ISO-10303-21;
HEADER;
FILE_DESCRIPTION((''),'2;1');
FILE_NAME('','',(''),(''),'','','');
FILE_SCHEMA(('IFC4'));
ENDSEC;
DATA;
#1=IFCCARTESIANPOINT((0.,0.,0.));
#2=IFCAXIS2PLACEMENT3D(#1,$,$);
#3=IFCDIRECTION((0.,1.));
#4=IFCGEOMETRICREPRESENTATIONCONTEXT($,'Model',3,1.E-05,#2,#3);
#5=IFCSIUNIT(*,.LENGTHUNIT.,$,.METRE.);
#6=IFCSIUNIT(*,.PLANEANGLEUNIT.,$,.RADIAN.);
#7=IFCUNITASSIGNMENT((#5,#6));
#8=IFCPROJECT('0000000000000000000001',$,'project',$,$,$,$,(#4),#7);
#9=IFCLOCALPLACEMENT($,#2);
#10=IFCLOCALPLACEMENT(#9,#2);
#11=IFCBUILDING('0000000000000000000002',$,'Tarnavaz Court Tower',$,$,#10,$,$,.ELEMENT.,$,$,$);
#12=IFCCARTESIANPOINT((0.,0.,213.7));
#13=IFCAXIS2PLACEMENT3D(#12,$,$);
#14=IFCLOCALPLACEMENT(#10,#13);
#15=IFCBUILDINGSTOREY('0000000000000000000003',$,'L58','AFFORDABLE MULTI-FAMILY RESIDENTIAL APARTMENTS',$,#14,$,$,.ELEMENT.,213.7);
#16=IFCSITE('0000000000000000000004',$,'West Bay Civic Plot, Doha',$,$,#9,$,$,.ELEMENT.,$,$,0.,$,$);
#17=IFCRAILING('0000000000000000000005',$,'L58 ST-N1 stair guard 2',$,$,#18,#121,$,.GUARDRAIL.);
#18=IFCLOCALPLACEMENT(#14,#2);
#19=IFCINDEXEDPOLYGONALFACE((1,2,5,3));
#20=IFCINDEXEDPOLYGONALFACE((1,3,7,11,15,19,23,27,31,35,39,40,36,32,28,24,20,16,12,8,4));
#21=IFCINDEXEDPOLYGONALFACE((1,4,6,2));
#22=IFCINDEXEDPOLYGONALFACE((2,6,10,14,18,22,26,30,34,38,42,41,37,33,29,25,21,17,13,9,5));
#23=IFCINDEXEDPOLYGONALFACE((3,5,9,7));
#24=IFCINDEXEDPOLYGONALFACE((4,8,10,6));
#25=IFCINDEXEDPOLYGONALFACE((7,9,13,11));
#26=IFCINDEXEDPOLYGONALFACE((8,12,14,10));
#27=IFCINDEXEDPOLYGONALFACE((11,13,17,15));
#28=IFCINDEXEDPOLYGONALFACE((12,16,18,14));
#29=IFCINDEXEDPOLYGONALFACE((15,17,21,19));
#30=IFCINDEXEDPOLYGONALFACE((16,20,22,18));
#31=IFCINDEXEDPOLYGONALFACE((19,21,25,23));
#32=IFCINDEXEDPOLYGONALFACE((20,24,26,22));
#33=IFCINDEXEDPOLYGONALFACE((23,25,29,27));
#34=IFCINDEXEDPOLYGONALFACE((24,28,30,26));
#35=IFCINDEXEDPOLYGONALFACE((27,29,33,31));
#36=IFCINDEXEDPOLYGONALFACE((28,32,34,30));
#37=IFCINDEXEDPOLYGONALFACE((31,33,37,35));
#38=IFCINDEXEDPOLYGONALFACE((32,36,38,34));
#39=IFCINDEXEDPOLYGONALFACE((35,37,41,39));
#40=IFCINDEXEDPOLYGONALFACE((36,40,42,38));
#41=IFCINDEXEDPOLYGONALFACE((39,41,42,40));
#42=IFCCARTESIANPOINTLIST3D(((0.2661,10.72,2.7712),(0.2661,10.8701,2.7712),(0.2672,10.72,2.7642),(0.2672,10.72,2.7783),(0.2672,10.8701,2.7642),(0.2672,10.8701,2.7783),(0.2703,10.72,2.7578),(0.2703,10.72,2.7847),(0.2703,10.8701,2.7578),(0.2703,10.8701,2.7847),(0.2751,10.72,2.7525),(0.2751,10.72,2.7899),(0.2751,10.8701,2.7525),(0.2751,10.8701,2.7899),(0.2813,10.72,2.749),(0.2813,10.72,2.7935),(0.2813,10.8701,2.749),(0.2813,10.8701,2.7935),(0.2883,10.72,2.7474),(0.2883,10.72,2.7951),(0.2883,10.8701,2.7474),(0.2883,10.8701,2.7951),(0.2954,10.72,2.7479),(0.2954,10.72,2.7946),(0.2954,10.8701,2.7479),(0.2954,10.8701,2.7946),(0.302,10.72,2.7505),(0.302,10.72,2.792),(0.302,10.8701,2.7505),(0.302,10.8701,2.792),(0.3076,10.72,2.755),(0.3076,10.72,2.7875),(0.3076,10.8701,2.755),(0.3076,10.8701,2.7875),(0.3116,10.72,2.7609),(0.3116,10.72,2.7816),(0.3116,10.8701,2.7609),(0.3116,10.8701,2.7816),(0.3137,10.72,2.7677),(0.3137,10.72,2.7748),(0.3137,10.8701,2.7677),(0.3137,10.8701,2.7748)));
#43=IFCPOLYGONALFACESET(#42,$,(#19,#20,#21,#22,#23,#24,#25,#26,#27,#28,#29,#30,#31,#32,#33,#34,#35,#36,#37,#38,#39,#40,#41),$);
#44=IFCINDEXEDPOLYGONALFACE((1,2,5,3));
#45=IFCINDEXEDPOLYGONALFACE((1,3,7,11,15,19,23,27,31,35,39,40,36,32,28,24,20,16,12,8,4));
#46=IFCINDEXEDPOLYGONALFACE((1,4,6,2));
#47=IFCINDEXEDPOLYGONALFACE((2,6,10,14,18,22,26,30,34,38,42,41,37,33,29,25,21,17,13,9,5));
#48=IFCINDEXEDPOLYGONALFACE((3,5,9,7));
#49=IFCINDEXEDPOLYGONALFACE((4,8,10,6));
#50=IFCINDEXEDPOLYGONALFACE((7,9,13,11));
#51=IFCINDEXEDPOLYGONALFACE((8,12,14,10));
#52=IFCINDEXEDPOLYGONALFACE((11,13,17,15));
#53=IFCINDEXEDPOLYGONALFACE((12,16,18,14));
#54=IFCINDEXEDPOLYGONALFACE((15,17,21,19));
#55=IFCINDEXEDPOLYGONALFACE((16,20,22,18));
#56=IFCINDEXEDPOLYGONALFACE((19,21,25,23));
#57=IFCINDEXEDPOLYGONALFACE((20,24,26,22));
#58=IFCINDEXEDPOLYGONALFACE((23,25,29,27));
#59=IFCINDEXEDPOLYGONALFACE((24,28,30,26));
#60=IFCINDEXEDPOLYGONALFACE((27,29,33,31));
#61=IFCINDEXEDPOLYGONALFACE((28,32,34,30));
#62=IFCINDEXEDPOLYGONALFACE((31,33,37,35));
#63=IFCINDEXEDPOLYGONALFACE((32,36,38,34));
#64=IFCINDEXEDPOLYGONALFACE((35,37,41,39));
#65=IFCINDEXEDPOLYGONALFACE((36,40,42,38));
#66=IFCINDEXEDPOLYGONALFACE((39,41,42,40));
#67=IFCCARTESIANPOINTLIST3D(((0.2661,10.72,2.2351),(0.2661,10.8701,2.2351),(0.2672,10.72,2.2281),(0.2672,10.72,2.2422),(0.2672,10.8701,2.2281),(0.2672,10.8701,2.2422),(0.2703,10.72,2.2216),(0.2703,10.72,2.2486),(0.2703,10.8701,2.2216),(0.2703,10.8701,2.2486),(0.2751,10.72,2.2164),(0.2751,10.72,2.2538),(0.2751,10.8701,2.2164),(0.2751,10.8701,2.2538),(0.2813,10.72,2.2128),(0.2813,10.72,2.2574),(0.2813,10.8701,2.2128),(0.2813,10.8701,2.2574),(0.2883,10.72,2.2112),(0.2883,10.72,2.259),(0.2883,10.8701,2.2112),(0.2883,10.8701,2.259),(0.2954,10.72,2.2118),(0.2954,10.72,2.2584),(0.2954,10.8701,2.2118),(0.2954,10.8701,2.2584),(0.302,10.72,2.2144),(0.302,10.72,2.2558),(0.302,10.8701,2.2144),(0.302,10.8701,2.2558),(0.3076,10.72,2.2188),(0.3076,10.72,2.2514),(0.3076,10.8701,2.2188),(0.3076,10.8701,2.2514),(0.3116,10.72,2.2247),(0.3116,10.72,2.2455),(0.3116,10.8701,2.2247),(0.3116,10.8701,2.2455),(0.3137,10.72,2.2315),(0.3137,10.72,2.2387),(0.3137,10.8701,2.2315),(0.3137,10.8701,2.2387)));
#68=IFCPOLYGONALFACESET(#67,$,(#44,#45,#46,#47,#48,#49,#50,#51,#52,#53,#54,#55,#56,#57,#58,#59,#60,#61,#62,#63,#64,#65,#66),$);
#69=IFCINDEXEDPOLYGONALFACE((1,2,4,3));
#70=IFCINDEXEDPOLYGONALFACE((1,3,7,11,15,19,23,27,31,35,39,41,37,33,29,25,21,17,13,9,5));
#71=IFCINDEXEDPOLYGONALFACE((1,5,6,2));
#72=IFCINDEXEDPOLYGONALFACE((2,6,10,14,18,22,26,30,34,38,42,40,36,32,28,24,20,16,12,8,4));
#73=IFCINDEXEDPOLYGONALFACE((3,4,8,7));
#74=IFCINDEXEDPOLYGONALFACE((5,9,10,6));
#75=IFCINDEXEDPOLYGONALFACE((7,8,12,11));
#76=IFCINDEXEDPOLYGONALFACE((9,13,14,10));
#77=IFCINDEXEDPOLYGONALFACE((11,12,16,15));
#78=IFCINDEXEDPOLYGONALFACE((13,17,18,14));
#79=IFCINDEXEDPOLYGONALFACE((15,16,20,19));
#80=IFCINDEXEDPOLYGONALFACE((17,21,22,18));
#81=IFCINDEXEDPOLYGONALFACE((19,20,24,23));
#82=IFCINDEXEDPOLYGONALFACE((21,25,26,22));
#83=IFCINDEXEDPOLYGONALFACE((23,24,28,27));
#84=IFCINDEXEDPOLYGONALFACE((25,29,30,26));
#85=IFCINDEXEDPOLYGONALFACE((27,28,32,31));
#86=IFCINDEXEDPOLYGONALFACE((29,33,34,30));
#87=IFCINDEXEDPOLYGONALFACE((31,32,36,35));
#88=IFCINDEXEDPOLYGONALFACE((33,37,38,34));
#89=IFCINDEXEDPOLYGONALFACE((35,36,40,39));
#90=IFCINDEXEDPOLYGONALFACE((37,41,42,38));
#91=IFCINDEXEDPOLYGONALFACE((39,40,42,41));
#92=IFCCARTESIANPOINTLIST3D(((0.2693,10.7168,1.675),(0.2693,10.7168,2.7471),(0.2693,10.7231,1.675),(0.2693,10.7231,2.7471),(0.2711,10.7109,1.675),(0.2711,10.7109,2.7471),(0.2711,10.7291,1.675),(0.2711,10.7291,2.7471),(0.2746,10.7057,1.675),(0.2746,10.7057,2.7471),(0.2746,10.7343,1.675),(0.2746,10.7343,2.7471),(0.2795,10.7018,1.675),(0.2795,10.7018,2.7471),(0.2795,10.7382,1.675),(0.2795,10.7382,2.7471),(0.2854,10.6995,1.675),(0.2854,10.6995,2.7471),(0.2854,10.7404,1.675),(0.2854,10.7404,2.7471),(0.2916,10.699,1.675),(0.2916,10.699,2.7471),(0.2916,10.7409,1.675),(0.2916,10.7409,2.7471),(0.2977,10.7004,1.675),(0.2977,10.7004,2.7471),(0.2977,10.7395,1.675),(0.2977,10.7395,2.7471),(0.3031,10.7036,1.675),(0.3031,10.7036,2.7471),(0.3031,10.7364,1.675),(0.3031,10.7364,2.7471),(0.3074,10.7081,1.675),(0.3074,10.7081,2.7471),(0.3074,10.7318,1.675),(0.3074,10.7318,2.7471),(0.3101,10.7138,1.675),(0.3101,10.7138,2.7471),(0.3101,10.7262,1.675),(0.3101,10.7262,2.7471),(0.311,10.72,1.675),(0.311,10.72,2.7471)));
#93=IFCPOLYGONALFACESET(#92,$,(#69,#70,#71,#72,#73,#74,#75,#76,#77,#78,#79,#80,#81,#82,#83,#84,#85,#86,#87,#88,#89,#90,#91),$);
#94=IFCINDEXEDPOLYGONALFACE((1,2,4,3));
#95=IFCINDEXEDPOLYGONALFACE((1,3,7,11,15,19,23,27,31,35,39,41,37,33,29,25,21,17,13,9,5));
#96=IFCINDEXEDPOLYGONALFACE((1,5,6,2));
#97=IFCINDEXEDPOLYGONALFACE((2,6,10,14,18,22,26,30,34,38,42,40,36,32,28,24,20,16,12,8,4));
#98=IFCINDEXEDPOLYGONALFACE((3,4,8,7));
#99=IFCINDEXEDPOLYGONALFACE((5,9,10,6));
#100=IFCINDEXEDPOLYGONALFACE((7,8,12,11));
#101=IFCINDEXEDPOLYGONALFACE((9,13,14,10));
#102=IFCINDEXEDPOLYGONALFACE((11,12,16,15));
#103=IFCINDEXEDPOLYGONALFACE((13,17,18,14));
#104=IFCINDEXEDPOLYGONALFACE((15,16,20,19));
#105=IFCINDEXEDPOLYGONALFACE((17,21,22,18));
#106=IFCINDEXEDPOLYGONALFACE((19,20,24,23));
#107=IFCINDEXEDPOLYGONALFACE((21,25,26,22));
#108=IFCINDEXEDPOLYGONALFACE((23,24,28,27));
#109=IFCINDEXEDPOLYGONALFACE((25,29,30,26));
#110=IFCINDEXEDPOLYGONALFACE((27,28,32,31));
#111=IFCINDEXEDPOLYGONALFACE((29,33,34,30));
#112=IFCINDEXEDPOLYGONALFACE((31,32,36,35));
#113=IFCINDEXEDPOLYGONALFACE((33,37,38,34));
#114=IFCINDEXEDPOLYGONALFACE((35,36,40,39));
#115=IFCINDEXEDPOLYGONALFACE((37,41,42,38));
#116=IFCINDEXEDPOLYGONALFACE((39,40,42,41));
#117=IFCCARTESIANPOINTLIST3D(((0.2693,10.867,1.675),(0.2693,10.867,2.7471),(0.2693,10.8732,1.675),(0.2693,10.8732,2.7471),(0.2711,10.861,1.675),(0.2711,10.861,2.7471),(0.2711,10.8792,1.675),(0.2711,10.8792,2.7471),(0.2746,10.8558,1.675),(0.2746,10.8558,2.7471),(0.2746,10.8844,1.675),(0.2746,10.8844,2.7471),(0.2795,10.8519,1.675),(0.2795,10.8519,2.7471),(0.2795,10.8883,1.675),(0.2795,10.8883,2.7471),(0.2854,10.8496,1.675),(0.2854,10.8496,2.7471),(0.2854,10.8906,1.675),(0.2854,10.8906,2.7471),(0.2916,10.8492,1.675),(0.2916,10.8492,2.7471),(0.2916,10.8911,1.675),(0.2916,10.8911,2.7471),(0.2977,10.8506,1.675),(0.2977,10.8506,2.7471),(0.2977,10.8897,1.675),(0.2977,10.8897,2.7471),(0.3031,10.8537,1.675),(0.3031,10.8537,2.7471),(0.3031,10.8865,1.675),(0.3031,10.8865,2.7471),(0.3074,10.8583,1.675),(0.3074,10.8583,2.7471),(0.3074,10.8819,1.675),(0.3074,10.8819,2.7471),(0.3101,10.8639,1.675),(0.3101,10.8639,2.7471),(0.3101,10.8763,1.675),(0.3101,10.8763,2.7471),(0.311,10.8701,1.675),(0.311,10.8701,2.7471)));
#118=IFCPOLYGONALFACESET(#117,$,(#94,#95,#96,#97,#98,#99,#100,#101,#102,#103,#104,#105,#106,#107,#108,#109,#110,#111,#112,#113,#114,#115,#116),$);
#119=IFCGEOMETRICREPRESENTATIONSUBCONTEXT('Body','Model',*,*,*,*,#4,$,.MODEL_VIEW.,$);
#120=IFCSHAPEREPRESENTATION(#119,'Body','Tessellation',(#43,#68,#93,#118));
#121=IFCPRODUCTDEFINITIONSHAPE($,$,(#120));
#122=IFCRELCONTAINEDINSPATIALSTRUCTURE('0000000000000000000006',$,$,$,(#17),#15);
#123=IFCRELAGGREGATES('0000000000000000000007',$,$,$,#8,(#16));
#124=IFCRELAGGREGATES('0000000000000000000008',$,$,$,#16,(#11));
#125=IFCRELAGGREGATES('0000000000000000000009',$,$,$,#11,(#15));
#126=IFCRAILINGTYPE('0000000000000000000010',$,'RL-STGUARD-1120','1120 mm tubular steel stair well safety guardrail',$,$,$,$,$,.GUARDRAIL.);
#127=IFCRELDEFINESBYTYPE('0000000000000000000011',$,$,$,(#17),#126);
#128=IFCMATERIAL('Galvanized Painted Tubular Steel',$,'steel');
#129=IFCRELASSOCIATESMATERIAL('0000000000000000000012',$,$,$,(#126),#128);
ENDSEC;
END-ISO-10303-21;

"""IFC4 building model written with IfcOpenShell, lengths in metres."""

from ifc_helpers import new_model, si_unit, direction, frame, origin, origin_2d, place, context, subcontext, project, spatial, circle, extrude, material, type_object, element, save


model = new_model("IFC4")

# Units and contexts
model_context = context("Model", 3, precision=1e-05, world=origin(), true_north=direction((0.0, 1.0)))
body_context = subcontext(model_context, "Body", "Model", "MODEL_VIEW")
ifc_project = project(units=[si_unit("LENGTHUNIT", "METRE"), si_unit("PLANEANGLEUNIT", "RADIAN")], contexts=[model_context])

# Site, building, storey
site_placement = place(None, origin())
site = spatial("IfcSite", under=ifc_project, at=site_placement, Name="West Bay Civic Plot, Doha", CompositionType="ELEMENT", RefElevation=0.0)
building_placement = place(site_placement, origin())
building = spatial("IfcBuilding", under=site, at=building_placement, Name="Tarnavaz Court Tower", CompositionType="ELEMENT")
storey_placement = place(building_placement, frame((0.0, 0.0, 213.7)))
storey = spatial("IfcBuildingStorey", under=building, at=storey_placement, Name="L58", Description="AFFORDABLE MULTI-FAMILY RESIDENTIAL APARTMENTS", CompositionType="ELEMENT", Elevation=213.7)

# Railing
ifc_material_1 = material(Name="Galvanized Painted Tubular Steel", Category="steel")
railing_type_1 = type_object("IfcRailingType", Name="RL-STGUARD-1120", Description="1120 mm tubular steel stair well safety guardrail", PredefinedType="GUARDRAIL", material=ifc_material_1)
railing_1_placement = place(storey_placement, frame((0.29, 10.72, 1.675)))
element("IfcRailing", 1, at=railing_1_placement, inside=storey, type_object=railing_type_1, Name="L58 ST-N1 stair guard 2", PredefinedType="GUARDRAIL", context=body_context, shape_type="SweptSolid", body=[
    extrude(circle(Radius=0.0239, at=origin_2d()), frame((0.0, 0.0, 1.0962), z_axis=(0.0, 1.0, 0.0), x_axis=(-1.0, 0.0, 0.0)), (0.0, 0.0, 1.0), 0.1501),
    extrude(circle(Radius=0.0239, at=origin_2d()), frame((0.0, 0.0, 0.5601), z_axis=(0.0, 1.0, 0.0), x_axis=(-1.0, 0.0, 0.0)), (0.0, 0.0, 1.0), 0.1501),
    extrude(circle(Radius=0.021, at=origin_2d()), origin(), (0.0, 0.0, 1.0), 1.072),
    extrude(circle(Radius=0.021, at=origin_2d()), frame((0.0, 0.1501, 0.0)), (0.0, 0.0, 1.0), 1.072),
])

save(model, "model.ifc")
